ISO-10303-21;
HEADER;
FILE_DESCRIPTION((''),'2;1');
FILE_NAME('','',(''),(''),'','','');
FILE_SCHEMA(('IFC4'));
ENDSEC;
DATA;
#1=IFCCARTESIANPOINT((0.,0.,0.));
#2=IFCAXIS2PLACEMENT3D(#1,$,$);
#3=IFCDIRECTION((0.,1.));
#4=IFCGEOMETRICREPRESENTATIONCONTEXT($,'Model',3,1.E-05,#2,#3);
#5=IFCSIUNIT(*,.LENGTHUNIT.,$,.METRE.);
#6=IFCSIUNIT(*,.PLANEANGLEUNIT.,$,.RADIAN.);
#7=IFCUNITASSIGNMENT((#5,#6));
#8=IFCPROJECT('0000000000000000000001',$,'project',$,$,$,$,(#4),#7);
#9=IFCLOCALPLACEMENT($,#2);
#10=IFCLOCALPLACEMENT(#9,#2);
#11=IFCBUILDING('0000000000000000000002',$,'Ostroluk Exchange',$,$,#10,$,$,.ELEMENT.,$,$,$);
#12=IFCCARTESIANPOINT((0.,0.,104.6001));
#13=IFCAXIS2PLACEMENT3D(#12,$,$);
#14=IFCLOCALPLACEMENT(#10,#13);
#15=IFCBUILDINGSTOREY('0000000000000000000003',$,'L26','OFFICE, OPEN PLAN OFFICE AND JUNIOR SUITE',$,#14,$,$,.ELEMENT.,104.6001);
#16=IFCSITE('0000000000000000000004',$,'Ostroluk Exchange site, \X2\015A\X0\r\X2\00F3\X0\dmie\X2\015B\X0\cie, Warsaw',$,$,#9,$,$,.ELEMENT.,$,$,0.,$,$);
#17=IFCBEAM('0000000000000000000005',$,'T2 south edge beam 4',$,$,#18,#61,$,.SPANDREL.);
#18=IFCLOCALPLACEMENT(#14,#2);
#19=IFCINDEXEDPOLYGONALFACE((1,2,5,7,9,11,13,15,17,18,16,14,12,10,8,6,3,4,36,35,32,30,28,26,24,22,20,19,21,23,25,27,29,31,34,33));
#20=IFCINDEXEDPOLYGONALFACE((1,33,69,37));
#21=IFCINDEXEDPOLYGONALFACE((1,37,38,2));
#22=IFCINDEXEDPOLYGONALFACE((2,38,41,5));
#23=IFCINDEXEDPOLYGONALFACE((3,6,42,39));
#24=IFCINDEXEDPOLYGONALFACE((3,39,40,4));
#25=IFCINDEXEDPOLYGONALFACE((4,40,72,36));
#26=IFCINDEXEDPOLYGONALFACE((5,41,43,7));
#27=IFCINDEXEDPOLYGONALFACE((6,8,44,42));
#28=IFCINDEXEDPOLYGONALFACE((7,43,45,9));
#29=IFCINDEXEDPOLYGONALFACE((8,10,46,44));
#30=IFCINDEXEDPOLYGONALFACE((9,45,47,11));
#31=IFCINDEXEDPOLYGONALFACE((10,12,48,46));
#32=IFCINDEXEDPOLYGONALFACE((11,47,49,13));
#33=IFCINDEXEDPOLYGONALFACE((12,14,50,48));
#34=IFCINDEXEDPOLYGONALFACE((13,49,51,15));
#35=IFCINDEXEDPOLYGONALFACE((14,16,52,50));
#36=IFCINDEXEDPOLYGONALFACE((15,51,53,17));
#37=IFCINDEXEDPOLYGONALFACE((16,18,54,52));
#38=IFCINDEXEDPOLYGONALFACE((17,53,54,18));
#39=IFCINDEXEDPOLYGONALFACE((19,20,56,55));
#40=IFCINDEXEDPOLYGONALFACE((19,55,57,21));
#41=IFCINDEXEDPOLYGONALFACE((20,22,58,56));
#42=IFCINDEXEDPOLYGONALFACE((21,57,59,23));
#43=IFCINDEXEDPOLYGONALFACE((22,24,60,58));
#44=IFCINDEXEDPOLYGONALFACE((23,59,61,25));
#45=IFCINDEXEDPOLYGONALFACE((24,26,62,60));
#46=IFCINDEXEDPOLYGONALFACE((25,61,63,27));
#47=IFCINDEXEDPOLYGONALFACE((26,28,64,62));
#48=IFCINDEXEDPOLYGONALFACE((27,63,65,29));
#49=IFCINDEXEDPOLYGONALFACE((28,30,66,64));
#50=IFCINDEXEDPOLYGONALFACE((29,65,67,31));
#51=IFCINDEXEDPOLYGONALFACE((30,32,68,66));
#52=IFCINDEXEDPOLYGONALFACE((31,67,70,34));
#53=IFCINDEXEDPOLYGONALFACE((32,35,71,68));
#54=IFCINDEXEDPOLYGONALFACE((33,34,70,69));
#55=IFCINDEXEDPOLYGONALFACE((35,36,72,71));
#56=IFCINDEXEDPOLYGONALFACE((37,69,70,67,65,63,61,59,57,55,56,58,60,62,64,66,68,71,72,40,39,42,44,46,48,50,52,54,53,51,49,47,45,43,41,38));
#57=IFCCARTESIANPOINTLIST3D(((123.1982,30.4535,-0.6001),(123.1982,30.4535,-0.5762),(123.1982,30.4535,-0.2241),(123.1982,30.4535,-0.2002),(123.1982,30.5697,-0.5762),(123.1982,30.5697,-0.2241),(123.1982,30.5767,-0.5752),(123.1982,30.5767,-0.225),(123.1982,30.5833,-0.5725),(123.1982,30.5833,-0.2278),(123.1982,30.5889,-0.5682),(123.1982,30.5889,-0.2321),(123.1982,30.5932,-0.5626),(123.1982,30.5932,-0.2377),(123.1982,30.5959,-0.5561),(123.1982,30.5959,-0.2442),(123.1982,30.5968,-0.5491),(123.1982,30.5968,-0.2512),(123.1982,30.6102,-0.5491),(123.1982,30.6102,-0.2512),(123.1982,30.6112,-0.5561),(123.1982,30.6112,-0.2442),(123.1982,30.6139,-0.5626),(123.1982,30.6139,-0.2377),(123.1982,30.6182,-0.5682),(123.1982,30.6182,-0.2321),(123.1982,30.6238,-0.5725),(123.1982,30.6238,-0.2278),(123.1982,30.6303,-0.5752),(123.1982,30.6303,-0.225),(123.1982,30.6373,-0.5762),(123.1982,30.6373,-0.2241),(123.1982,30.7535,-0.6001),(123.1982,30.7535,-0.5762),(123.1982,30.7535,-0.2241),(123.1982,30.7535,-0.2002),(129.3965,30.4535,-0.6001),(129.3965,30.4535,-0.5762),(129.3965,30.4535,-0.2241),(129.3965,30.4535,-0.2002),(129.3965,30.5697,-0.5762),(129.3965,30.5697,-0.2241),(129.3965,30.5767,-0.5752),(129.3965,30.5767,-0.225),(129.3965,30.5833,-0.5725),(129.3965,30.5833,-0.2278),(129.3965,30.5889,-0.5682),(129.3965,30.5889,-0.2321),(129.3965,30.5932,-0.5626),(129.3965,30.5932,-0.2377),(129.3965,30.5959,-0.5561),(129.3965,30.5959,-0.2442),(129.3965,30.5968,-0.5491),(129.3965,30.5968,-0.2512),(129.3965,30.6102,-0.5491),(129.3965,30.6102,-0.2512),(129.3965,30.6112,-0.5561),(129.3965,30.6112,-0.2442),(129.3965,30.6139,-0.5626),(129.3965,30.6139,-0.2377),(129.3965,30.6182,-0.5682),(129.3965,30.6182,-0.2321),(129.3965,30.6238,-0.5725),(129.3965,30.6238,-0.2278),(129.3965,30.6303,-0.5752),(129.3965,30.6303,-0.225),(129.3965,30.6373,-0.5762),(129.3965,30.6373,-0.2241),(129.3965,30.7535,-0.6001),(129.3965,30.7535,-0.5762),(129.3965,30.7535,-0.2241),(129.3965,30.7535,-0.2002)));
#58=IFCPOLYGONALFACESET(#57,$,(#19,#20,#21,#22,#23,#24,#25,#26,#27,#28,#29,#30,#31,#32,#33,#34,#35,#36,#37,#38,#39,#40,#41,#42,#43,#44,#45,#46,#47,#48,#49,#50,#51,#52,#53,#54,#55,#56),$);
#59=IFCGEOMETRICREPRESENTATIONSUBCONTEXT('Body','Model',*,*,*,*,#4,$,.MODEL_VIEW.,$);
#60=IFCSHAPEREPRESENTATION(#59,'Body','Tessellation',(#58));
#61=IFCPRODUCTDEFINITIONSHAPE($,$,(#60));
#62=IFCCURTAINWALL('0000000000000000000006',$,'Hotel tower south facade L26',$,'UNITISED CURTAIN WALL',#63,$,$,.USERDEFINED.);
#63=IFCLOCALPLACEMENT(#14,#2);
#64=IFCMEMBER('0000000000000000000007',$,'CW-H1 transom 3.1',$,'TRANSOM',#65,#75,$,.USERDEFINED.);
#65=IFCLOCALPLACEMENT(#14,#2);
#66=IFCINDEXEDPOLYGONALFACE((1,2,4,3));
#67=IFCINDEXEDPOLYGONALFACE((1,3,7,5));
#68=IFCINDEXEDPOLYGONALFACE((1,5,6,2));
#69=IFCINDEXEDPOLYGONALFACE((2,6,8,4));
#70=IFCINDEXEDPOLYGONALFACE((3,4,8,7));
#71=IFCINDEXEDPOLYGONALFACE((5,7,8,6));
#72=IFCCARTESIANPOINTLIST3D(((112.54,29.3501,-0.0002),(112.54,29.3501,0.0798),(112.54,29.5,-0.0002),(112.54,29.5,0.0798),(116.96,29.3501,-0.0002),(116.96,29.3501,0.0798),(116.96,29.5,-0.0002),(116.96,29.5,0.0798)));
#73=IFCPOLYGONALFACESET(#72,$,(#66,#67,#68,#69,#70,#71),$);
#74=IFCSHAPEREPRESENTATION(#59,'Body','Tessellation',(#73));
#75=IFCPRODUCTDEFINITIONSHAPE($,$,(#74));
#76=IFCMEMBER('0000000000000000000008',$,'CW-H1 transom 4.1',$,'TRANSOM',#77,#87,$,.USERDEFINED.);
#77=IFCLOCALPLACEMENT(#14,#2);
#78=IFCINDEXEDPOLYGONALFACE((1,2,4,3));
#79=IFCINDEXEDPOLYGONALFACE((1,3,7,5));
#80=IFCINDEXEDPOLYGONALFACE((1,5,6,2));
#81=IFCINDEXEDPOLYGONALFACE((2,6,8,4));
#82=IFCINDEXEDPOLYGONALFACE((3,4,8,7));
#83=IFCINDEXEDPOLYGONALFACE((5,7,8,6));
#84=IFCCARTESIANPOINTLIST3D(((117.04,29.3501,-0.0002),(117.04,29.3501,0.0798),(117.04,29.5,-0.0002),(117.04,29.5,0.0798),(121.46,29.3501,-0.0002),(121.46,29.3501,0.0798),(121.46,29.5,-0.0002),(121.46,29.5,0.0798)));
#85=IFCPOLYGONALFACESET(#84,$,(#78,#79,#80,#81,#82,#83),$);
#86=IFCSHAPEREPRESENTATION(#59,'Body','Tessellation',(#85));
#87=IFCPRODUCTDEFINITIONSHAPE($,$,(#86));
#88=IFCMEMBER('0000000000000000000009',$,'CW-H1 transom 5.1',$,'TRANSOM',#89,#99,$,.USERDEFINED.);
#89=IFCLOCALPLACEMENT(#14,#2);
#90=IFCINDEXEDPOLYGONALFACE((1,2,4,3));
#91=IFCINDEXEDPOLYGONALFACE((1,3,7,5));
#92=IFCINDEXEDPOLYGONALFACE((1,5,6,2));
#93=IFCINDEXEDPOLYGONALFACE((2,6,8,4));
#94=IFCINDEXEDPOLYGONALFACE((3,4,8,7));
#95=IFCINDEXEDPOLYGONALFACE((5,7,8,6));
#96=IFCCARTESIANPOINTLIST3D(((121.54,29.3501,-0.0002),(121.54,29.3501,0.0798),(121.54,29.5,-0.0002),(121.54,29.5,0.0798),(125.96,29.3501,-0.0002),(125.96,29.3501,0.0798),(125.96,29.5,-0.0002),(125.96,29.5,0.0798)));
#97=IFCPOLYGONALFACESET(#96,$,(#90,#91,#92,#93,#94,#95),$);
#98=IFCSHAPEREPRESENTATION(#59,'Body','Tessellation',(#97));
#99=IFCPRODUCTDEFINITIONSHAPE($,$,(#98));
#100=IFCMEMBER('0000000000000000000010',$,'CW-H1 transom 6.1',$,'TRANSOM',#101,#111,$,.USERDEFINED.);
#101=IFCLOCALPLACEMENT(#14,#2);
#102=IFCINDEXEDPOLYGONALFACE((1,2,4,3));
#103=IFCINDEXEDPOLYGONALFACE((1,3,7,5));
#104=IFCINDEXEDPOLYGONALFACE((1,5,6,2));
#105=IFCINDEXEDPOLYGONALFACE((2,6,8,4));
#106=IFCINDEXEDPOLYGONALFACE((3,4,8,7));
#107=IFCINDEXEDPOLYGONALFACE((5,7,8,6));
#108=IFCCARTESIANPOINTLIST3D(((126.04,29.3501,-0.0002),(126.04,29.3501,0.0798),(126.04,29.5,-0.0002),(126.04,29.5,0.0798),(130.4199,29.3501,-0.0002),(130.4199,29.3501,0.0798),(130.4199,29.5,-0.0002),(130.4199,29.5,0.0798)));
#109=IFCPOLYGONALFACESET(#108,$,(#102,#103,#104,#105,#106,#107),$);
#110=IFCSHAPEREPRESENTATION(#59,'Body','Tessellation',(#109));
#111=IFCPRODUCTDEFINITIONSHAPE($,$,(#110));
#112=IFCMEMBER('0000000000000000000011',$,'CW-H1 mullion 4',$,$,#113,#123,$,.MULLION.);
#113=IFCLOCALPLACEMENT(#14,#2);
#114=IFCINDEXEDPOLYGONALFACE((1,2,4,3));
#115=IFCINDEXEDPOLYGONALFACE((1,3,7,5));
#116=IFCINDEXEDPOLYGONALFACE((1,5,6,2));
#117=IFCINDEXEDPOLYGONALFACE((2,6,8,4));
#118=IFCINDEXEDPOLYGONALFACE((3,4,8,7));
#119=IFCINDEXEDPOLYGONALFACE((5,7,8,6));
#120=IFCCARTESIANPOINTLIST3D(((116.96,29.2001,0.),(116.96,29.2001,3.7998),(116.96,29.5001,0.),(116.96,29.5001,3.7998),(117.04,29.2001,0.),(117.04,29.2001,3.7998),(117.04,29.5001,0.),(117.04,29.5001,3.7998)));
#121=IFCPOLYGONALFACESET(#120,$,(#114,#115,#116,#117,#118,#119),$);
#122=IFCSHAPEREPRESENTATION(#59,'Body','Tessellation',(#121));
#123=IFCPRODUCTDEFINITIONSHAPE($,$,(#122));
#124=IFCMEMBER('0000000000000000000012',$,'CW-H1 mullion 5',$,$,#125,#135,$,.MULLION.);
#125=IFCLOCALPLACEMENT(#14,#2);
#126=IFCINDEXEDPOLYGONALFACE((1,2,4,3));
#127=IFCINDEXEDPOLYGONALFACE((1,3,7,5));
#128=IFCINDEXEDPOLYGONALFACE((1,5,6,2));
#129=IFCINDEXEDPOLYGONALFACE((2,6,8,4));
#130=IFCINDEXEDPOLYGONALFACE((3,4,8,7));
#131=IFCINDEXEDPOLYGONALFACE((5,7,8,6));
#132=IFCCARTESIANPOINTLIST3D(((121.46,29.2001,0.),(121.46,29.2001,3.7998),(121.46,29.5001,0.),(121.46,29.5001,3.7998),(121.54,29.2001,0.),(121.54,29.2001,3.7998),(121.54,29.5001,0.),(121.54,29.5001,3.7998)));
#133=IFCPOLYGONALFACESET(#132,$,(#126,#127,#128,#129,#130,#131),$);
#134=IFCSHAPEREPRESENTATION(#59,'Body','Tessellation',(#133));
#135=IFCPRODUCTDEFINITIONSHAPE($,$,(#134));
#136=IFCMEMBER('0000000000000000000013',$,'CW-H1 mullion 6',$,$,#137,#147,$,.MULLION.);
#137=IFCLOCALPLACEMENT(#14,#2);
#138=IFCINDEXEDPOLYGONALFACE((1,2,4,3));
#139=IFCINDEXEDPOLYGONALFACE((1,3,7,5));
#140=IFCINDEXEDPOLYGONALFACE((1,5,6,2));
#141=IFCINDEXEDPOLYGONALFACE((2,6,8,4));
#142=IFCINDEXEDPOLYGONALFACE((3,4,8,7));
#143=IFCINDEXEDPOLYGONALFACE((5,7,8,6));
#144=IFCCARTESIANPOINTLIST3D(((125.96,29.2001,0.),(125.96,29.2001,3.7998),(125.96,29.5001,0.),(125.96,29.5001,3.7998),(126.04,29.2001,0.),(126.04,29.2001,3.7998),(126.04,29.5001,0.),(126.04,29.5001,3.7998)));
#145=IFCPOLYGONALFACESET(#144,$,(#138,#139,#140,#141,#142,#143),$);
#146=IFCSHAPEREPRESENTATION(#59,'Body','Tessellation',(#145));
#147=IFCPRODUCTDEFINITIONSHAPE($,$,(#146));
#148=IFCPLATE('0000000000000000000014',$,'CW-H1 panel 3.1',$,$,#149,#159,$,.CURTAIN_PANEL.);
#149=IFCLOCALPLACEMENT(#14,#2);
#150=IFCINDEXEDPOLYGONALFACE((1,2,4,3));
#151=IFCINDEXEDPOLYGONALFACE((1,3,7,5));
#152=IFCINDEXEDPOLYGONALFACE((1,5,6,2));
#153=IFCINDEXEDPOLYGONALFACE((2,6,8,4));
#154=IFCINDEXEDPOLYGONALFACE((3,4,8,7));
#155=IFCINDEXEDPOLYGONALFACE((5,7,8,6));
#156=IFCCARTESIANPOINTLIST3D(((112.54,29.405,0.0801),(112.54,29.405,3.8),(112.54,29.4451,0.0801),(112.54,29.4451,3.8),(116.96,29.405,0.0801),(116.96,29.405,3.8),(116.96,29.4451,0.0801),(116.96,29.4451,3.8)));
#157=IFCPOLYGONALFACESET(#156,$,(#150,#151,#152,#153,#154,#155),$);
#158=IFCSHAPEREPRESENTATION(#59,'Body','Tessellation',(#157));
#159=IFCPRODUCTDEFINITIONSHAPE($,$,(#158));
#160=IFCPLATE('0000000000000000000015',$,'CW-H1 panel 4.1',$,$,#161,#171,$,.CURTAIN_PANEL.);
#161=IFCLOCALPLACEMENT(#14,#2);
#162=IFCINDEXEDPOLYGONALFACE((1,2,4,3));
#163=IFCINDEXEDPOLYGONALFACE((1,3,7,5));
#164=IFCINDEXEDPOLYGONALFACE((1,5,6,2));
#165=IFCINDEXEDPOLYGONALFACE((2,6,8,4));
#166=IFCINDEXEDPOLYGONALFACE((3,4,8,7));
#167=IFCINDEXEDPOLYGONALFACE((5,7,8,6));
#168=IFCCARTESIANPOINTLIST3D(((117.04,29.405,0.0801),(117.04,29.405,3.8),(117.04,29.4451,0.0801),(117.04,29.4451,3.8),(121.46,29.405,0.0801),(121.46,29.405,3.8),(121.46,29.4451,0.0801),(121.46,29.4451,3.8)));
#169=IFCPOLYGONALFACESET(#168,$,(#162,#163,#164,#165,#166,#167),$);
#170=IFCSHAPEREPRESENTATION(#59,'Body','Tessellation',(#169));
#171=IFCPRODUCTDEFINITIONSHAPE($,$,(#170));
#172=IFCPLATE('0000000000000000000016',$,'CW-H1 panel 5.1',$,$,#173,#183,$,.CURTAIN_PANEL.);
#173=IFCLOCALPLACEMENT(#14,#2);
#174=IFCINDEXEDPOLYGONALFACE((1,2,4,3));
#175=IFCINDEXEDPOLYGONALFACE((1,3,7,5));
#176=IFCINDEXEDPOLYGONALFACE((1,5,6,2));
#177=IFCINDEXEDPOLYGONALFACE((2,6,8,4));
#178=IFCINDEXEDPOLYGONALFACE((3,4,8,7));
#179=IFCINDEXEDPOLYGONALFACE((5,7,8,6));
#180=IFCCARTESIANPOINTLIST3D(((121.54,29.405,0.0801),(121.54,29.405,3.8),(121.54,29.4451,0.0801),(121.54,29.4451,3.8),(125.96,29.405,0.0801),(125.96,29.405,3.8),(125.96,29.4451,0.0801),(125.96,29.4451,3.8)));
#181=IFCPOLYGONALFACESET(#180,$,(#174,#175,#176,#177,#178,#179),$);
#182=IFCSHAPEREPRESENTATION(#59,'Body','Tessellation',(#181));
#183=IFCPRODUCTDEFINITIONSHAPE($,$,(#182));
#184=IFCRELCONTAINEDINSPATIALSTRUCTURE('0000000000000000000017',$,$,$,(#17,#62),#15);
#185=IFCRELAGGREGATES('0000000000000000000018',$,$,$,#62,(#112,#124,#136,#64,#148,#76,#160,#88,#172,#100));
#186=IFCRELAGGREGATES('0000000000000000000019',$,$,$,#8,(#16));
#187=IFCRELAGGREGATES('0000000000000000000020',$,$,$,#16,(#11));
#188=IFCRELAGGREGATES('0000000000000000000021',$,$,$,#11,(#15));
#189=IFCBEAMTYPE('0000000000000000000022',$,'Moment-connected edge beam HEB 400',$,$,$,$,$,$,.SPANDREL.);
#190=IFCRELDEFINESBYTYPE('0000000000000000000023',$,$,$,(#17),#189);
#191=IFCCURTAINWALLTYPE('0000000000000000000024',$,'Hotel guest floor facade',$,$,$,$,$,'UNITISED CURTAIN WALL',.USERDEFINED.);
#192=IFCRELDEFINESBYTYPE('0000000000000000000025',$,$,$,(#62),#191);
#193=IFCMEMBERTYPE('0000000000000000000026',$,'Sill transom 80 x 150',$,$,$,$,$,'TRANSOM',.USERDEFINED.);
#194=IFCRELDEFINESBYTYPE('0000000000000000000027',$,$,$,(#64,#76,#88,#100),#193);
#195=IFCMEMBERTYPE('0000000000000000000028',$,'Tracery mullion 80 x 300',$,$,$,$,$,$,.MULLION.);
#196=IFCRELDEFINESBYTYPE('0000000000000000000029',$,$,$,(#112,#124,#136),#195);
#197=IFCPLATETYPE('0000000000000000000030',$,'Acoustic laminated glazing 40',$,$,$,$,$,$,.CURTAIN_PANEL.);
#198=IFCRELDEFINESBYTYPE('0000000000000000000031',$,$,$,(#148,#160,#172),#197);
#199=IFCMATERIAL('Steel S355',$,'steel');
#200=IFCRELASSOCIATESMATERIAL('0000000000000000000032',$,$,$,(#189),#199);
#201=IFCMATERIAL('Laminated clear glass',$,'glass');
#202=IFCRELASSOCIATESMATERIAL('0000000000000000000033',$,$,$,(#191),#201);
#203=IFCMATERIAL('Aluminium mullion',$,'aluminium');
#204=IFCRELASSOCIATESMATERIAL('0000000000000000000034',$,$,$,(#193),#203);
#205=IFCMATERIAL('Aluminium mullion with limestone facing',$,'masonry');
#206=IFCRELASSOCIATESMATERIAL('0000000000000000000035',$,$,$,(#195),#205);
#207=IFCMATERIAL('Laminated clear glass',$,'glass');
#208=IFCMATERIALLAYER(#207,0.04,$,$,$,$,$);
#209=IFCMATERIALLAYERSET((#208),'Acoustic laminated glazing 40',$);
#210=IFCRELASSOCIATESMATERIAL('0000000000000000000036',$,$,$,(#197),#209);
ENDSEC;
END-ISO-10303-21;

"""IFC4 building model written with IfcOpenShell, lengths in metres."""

from ifc_helpers import new_model, si_unit, direction, frame, origin, origin_2d, place, context, subcontext, project, spatial, rectangle, i_section, extrude, material, layer, layer_set, material_profile, profile_set, type_object, element, aggregate, save


model = new_model("IFC4")

# Units and contexts
model_context = context("Model", 3, precision=1e-05, world=origin(), true_north=direction((0.0, 1.0)))
body_context = subcontext(model_context, "Body", "Model", "MODEL_VIEW")
ifc_project = project(units=[si_unit("LENGTHUNIT", "METRE"), si_unit("PLANEANGLEUNIT", "RADIAN")], contexts=[model_context])

# Site, building, storey
site_placement = place(None, origin())
site = spatial("IfcSite", under=ifc_project, at=site_placement, Name="Ostroluk Exchange site, Śródmieście, Warsaw", CompositionType="ELEMENT", RefElevation=0.0)
building_placement = place(site_placement, origin())
building = spatial("IfcBuilding", under=site, at=building_placement, Name="Ostroluk Exchange", CompositionType="ELEMENT")
storey_placement = place(building_placement, frame((0.0, 0.0, 104.6001)))
storey = spatial("IfcBuildingStorey", under=building, at=storey_placement, Name="L26", Description="OFFICE, OPEN PLAN OFFICE AND JUNIOR SUITE", CompositionType="ELEMENT", Elevation=104.6001)

# Beam
ifc_material_1 = material(Name="Steel S355", Category="steel")
ifc_material_profile_1 = material_profile(ifc_material_1, i_section(OverallWidth=0.3, OverallDepth=0.3999, WebThickness=0.0134, FlangeThickness=0.0239, FilletRadius=0.0271, at=origin_2d()), Name="HEB 400")
ifc_profile_set_1 = profile_set([ifc_material_profile_1], Name="Steel S355")
beam_type = type_object("IfcBeamType", Name="Moment-connected edge beam HEB 400", PredefinedType="SPANDREL", material=ifc_profile_set_1)
for number, where, z_axis, x_axis, name in (
    (1, (123.1982, 30.6035, -0.4001), (1.0, 0.0, 0.0), (0.0, 1.0, 0.0), "T2 south edge beam 4"),
):
    element("IfcBeam", number, at=place(storey_placement, frame(where, z_axis=z_axis, x_axis=x_axis)), inside=storey, type_object=beam_type, Name=name, PredefinedType="SPANDREL", context=body_context, shape_type="SweptSolid", body=[
        extrude(i_section(OverallWidth=0.3, OverallDepth=0.3999, WebThickness=0.0134, FlangeThickness=0.0239, FilletRadius=0.0271, at=origin_2d()), origin(), (0.0, 0.0, 1.0), 6.1982),
    ])

# Curtain wall, members, plates
ifc_material_2 = material(Name="Laminated clear glass", Category="glass")
curtain_wall_type = type_object("IfcCurtainWallType", Name="Hotel guest floor facade", ElementType="UNITISED CURTAIN WALL", PredefinedType="USERDEFINED", material=ifc_material_2)
curtain_wall_placement = place(storey_placement, origin())
curtain_wall = element("IfcCurtainWall", 2, at=curtain_wall_placement, inside=storey, type_object=curtain_wall_type, Name="Hotel tower south facade L26", ObjectType="UNITISED CURTAIN WALL", PredefinedType="USERDEFINED")
ifc_material_3 = material(Name="Aluminium mullion", Category="aluminium")
ifc_material_profile_2 = material_profile(ifc_material_3, rectangle(XDim=0.1499, YDim=0.0801, at=origin_2d()), Name="Sill transom 80 x 150")
ifc_profile_set_2 = profile_set([ifc_material_profile_2], Name="Aluminium mullion")
member_type_1 = type_object("IfcMemberType", Name="Sill transom 80 x 150", ElementType="TRANSOM", PredefinedType="USERDEFINED", material=ifc_profile_set_2)
member_1_placement = place(storey_placement, frame((112.54, 29.425, 0.0398), z_axis=(1.0, 0.0, 0.0), x_axis=(0.0, 1.0, 0.0)))
member_1 = element("IfcMember", 3, at=member_1_placement, type_object=member_type_1, Name="CW-H1 transom 3.1", ObjectType="TRANSOM", PredefinedType="USERDEFINED", context=body_context, shape_type="SweptSolid", body=[
    extrude(rectangle(XDim=0.1499, YDim=0.0801, at=origin_2d()), origin(), (0.0, 0.0, 1.0), 4.4199),
])
member_2_placement = place(storey_placement, frame((117.04, 29.425, 0.0398), z_axis=(1.0, 0.0, 0.0), x_axis=(0.0, 1.0, 0.0)))
member_2 = element("IfcMember", 4, at=member_2_placement, type_object=member_type_1, Name="CW-H1 transom 4.1", ObjectType="TRANSOM", PredefinedType="USERDEFINED", context=body_context, shape_type="SweptSolid", body=[
    extrude(rectangle(XDim=0.1499, YDim=0.0801, at=origin_2d()), origin(), (0.0, 0.0, 1.0), 4.4199),
])
member_3_placement = place(storey_placement, frame((121.54, 29.425, 0.0398), z_axis=(1.0, 0.0, 0.0), x_axis=(0.0, 1.0, 0.0)))
member_3 = element("IfcMember", 5, at=member_3_placement, type_object=member_type_1, Name="CW-H1 transom 5.1", ObjectType="TRANSOM", PredefinedType="USERDEFINED", context=body_context, shape_type="SweptSolid", body=[
    extrude(rectangle(XDim=0.1499, YDim=0.0801, at=origin_2d()), origin(), (0.0, 0.0, 1.0), 4.4199),
])
member_4_placement = place(storey_placement, frame((126.04, 29.425, 0.0398), z_axis=(1.0, 0.0, 0.0), x_axis=(0.0, 1.0, 0.0)))
member_4 = element("IfcMember", 6, at=member_4_placement, type_object=member_type_1, Name="CW-H1 transom 6.1", ObjectType="TRANSOM", PredefinedType="USERDEFINED", context=body_context, shape_type="SweptSolid", body=[
    extrude(rectangle(XDim=0.1499, YDim=0.0801, at=origin_2d()), origin(), (0.0, 0.0, 1.0), 4.3799),
])
ifc_material_4 = material(Name="Aluminium mullion with limestone facing", Category="masonry")
ifc_material_profile_3 = material_profile(ifc_material_4, rectangle(XDim=0.3, YDim=0.0801, at=origin_2d()), Name="Tracery mullion 80 x 300")
ifc_profile_set_3 = profile_set([ifc_material_profile_3], Name="Aluminium mullion with limestone facing")
member_type_2 = type_object("IfcMemberType", Name="Tracery mullion 80 x 300", PredefinedType="MULLION", material=ifc_profile_set_3)
member_5_placement = place(storey_placement, frame((117.0, 29.3501, 0.0), z_axis=(0.0, 0.0, 1.0), x_axis=(0.0, 1.0, 0.0)))
member_5 = element("IfcMember", 7, at=member_5_placement, type_object=member_type_2, Name="CW-H1 mullion 4", PredefinedType="MULLION", context=body_context, shape_type="SweptSolid", body=[
    extrude(rectangle(XDim=0.3, YDim=0.0801, at=origin_2d()), origin(), (0.0, 0.0, 1.0), 3.7998),
])
member_6_placement = place(storey_placement, frame((121.5, 29.3501, 0.0), z_axis=(0.0, 0.0, 1.0), x_axis=(0.0, 1.0, 0.0)))
member_6 = element("IfcMember", 8, at=member_6_placement, type_object=member_type_2, Name="CW-H1 mullion 5", PredefinedType="MULLION", context=body_context, shape_type="SweptSolid", body=[
    extrude(rectangle(XDim=0.3, YDim=0.0801, at=origin_2d()), origin(), (0.0, 0.0, 1.0), 3.7998),
])
member_7_placement = place(storey_placement, frame((126.0, 29.3501, 0.0), z_axis=(0.0, 0.0, 1.0), x_axis=(0.0, 1.0, 0.0)))
member_7 = element("IfcMember", 9, at=member_7_placement, type_object=member_type_2, Name="CW-H1 mullion 6", PredefinedType="MULLION", context=body_context, shape_type="SweptSolid", body=[
    extrude(rectangle(XDim=0.3, YDim=0.0801, at=origin_2d()), origin(), (0.0, 0.0, 1.0), 3.7998),
])
ifc_material_5 = material(Name="Laminated clear glass", Category="glass")
ifc_layer_1 = layer(ifc_material_5, 0.04)
ifc_layer_set_1 = layer_set([ifc_layer_1], Name="Acoustic laminated glazing 40")
plate_type = type_object("IfcPlateType", Name="Acoustic laminated glazing 40", PredefinedType="CURTAIN_PANEL", material=ifc_layer_set_1)
plate_1_placement = place(storey_placement, frame((114.75, 29.425, 0.0801), z_axis=(0.0, 0.0, 1.0), x_axis=(1.0, 0.0, 0.0)))
plate_1 = element("IfcPlate", 10, at=plate_1_placement, type_object=plate_type, Name="CW-H1 panel 3.1", PredefinedType="CURTAIN_PANEL", context=body_context, shape_type="SweptSolid", body=[
    extrude(rectangle(XDim=4.4199, YDim=0.04, at=origin_2d()), origin(), (0.0, 0.0, 1.0), 3.72),
])
plate_2_placement = place(storey_placement, frame((119.25, 29.425, 0.0801), z_axis=(0.0, 0.0, 1.0), x_axis=(1.0, 0.0, 0.0)))
plate_2 = element("IfcPlate", 11, at=plate_2_placement, type_object=plate_type, Name="CW-H1 panel 4.1", PredefinedType="CURTAIN_PANEL", context=body_context, shape_type="SweptSolid", body=[
    extrude(rectangle(XDim=4.4199, YDim=0.04, at=origin_2d()), origin(), (0.0, 0.0, 1.0), 3.72),
])
plate_3_placement = place(storey_placement, frame((123.75, 29.425, 0.0801), z_axis=(0.0, 0.0, 1.0), x_axis=(1.0, 0.0, 0.0)))
plate_3 = element("IfcPlate", 12, at=plate_3_placement, type_object=plate_type, Name="CW-H1 panel 5.1", PredefinedType="CURTAIN_PANEL", context=body_context, shape_type="SweptSolid", body=[
    extrude(rectangle(XDim=4.4199, YDim=0.04, at=origin_2d()), origin(), (0.0, 0.0, 1.0), 3.72),
])
aggregate(curtain_wall, [member_5, member_6, member_7, member_1, plate_1, member_2, plate_2, member_3, plate_3, member_4])

save(model, "model.ifc")
